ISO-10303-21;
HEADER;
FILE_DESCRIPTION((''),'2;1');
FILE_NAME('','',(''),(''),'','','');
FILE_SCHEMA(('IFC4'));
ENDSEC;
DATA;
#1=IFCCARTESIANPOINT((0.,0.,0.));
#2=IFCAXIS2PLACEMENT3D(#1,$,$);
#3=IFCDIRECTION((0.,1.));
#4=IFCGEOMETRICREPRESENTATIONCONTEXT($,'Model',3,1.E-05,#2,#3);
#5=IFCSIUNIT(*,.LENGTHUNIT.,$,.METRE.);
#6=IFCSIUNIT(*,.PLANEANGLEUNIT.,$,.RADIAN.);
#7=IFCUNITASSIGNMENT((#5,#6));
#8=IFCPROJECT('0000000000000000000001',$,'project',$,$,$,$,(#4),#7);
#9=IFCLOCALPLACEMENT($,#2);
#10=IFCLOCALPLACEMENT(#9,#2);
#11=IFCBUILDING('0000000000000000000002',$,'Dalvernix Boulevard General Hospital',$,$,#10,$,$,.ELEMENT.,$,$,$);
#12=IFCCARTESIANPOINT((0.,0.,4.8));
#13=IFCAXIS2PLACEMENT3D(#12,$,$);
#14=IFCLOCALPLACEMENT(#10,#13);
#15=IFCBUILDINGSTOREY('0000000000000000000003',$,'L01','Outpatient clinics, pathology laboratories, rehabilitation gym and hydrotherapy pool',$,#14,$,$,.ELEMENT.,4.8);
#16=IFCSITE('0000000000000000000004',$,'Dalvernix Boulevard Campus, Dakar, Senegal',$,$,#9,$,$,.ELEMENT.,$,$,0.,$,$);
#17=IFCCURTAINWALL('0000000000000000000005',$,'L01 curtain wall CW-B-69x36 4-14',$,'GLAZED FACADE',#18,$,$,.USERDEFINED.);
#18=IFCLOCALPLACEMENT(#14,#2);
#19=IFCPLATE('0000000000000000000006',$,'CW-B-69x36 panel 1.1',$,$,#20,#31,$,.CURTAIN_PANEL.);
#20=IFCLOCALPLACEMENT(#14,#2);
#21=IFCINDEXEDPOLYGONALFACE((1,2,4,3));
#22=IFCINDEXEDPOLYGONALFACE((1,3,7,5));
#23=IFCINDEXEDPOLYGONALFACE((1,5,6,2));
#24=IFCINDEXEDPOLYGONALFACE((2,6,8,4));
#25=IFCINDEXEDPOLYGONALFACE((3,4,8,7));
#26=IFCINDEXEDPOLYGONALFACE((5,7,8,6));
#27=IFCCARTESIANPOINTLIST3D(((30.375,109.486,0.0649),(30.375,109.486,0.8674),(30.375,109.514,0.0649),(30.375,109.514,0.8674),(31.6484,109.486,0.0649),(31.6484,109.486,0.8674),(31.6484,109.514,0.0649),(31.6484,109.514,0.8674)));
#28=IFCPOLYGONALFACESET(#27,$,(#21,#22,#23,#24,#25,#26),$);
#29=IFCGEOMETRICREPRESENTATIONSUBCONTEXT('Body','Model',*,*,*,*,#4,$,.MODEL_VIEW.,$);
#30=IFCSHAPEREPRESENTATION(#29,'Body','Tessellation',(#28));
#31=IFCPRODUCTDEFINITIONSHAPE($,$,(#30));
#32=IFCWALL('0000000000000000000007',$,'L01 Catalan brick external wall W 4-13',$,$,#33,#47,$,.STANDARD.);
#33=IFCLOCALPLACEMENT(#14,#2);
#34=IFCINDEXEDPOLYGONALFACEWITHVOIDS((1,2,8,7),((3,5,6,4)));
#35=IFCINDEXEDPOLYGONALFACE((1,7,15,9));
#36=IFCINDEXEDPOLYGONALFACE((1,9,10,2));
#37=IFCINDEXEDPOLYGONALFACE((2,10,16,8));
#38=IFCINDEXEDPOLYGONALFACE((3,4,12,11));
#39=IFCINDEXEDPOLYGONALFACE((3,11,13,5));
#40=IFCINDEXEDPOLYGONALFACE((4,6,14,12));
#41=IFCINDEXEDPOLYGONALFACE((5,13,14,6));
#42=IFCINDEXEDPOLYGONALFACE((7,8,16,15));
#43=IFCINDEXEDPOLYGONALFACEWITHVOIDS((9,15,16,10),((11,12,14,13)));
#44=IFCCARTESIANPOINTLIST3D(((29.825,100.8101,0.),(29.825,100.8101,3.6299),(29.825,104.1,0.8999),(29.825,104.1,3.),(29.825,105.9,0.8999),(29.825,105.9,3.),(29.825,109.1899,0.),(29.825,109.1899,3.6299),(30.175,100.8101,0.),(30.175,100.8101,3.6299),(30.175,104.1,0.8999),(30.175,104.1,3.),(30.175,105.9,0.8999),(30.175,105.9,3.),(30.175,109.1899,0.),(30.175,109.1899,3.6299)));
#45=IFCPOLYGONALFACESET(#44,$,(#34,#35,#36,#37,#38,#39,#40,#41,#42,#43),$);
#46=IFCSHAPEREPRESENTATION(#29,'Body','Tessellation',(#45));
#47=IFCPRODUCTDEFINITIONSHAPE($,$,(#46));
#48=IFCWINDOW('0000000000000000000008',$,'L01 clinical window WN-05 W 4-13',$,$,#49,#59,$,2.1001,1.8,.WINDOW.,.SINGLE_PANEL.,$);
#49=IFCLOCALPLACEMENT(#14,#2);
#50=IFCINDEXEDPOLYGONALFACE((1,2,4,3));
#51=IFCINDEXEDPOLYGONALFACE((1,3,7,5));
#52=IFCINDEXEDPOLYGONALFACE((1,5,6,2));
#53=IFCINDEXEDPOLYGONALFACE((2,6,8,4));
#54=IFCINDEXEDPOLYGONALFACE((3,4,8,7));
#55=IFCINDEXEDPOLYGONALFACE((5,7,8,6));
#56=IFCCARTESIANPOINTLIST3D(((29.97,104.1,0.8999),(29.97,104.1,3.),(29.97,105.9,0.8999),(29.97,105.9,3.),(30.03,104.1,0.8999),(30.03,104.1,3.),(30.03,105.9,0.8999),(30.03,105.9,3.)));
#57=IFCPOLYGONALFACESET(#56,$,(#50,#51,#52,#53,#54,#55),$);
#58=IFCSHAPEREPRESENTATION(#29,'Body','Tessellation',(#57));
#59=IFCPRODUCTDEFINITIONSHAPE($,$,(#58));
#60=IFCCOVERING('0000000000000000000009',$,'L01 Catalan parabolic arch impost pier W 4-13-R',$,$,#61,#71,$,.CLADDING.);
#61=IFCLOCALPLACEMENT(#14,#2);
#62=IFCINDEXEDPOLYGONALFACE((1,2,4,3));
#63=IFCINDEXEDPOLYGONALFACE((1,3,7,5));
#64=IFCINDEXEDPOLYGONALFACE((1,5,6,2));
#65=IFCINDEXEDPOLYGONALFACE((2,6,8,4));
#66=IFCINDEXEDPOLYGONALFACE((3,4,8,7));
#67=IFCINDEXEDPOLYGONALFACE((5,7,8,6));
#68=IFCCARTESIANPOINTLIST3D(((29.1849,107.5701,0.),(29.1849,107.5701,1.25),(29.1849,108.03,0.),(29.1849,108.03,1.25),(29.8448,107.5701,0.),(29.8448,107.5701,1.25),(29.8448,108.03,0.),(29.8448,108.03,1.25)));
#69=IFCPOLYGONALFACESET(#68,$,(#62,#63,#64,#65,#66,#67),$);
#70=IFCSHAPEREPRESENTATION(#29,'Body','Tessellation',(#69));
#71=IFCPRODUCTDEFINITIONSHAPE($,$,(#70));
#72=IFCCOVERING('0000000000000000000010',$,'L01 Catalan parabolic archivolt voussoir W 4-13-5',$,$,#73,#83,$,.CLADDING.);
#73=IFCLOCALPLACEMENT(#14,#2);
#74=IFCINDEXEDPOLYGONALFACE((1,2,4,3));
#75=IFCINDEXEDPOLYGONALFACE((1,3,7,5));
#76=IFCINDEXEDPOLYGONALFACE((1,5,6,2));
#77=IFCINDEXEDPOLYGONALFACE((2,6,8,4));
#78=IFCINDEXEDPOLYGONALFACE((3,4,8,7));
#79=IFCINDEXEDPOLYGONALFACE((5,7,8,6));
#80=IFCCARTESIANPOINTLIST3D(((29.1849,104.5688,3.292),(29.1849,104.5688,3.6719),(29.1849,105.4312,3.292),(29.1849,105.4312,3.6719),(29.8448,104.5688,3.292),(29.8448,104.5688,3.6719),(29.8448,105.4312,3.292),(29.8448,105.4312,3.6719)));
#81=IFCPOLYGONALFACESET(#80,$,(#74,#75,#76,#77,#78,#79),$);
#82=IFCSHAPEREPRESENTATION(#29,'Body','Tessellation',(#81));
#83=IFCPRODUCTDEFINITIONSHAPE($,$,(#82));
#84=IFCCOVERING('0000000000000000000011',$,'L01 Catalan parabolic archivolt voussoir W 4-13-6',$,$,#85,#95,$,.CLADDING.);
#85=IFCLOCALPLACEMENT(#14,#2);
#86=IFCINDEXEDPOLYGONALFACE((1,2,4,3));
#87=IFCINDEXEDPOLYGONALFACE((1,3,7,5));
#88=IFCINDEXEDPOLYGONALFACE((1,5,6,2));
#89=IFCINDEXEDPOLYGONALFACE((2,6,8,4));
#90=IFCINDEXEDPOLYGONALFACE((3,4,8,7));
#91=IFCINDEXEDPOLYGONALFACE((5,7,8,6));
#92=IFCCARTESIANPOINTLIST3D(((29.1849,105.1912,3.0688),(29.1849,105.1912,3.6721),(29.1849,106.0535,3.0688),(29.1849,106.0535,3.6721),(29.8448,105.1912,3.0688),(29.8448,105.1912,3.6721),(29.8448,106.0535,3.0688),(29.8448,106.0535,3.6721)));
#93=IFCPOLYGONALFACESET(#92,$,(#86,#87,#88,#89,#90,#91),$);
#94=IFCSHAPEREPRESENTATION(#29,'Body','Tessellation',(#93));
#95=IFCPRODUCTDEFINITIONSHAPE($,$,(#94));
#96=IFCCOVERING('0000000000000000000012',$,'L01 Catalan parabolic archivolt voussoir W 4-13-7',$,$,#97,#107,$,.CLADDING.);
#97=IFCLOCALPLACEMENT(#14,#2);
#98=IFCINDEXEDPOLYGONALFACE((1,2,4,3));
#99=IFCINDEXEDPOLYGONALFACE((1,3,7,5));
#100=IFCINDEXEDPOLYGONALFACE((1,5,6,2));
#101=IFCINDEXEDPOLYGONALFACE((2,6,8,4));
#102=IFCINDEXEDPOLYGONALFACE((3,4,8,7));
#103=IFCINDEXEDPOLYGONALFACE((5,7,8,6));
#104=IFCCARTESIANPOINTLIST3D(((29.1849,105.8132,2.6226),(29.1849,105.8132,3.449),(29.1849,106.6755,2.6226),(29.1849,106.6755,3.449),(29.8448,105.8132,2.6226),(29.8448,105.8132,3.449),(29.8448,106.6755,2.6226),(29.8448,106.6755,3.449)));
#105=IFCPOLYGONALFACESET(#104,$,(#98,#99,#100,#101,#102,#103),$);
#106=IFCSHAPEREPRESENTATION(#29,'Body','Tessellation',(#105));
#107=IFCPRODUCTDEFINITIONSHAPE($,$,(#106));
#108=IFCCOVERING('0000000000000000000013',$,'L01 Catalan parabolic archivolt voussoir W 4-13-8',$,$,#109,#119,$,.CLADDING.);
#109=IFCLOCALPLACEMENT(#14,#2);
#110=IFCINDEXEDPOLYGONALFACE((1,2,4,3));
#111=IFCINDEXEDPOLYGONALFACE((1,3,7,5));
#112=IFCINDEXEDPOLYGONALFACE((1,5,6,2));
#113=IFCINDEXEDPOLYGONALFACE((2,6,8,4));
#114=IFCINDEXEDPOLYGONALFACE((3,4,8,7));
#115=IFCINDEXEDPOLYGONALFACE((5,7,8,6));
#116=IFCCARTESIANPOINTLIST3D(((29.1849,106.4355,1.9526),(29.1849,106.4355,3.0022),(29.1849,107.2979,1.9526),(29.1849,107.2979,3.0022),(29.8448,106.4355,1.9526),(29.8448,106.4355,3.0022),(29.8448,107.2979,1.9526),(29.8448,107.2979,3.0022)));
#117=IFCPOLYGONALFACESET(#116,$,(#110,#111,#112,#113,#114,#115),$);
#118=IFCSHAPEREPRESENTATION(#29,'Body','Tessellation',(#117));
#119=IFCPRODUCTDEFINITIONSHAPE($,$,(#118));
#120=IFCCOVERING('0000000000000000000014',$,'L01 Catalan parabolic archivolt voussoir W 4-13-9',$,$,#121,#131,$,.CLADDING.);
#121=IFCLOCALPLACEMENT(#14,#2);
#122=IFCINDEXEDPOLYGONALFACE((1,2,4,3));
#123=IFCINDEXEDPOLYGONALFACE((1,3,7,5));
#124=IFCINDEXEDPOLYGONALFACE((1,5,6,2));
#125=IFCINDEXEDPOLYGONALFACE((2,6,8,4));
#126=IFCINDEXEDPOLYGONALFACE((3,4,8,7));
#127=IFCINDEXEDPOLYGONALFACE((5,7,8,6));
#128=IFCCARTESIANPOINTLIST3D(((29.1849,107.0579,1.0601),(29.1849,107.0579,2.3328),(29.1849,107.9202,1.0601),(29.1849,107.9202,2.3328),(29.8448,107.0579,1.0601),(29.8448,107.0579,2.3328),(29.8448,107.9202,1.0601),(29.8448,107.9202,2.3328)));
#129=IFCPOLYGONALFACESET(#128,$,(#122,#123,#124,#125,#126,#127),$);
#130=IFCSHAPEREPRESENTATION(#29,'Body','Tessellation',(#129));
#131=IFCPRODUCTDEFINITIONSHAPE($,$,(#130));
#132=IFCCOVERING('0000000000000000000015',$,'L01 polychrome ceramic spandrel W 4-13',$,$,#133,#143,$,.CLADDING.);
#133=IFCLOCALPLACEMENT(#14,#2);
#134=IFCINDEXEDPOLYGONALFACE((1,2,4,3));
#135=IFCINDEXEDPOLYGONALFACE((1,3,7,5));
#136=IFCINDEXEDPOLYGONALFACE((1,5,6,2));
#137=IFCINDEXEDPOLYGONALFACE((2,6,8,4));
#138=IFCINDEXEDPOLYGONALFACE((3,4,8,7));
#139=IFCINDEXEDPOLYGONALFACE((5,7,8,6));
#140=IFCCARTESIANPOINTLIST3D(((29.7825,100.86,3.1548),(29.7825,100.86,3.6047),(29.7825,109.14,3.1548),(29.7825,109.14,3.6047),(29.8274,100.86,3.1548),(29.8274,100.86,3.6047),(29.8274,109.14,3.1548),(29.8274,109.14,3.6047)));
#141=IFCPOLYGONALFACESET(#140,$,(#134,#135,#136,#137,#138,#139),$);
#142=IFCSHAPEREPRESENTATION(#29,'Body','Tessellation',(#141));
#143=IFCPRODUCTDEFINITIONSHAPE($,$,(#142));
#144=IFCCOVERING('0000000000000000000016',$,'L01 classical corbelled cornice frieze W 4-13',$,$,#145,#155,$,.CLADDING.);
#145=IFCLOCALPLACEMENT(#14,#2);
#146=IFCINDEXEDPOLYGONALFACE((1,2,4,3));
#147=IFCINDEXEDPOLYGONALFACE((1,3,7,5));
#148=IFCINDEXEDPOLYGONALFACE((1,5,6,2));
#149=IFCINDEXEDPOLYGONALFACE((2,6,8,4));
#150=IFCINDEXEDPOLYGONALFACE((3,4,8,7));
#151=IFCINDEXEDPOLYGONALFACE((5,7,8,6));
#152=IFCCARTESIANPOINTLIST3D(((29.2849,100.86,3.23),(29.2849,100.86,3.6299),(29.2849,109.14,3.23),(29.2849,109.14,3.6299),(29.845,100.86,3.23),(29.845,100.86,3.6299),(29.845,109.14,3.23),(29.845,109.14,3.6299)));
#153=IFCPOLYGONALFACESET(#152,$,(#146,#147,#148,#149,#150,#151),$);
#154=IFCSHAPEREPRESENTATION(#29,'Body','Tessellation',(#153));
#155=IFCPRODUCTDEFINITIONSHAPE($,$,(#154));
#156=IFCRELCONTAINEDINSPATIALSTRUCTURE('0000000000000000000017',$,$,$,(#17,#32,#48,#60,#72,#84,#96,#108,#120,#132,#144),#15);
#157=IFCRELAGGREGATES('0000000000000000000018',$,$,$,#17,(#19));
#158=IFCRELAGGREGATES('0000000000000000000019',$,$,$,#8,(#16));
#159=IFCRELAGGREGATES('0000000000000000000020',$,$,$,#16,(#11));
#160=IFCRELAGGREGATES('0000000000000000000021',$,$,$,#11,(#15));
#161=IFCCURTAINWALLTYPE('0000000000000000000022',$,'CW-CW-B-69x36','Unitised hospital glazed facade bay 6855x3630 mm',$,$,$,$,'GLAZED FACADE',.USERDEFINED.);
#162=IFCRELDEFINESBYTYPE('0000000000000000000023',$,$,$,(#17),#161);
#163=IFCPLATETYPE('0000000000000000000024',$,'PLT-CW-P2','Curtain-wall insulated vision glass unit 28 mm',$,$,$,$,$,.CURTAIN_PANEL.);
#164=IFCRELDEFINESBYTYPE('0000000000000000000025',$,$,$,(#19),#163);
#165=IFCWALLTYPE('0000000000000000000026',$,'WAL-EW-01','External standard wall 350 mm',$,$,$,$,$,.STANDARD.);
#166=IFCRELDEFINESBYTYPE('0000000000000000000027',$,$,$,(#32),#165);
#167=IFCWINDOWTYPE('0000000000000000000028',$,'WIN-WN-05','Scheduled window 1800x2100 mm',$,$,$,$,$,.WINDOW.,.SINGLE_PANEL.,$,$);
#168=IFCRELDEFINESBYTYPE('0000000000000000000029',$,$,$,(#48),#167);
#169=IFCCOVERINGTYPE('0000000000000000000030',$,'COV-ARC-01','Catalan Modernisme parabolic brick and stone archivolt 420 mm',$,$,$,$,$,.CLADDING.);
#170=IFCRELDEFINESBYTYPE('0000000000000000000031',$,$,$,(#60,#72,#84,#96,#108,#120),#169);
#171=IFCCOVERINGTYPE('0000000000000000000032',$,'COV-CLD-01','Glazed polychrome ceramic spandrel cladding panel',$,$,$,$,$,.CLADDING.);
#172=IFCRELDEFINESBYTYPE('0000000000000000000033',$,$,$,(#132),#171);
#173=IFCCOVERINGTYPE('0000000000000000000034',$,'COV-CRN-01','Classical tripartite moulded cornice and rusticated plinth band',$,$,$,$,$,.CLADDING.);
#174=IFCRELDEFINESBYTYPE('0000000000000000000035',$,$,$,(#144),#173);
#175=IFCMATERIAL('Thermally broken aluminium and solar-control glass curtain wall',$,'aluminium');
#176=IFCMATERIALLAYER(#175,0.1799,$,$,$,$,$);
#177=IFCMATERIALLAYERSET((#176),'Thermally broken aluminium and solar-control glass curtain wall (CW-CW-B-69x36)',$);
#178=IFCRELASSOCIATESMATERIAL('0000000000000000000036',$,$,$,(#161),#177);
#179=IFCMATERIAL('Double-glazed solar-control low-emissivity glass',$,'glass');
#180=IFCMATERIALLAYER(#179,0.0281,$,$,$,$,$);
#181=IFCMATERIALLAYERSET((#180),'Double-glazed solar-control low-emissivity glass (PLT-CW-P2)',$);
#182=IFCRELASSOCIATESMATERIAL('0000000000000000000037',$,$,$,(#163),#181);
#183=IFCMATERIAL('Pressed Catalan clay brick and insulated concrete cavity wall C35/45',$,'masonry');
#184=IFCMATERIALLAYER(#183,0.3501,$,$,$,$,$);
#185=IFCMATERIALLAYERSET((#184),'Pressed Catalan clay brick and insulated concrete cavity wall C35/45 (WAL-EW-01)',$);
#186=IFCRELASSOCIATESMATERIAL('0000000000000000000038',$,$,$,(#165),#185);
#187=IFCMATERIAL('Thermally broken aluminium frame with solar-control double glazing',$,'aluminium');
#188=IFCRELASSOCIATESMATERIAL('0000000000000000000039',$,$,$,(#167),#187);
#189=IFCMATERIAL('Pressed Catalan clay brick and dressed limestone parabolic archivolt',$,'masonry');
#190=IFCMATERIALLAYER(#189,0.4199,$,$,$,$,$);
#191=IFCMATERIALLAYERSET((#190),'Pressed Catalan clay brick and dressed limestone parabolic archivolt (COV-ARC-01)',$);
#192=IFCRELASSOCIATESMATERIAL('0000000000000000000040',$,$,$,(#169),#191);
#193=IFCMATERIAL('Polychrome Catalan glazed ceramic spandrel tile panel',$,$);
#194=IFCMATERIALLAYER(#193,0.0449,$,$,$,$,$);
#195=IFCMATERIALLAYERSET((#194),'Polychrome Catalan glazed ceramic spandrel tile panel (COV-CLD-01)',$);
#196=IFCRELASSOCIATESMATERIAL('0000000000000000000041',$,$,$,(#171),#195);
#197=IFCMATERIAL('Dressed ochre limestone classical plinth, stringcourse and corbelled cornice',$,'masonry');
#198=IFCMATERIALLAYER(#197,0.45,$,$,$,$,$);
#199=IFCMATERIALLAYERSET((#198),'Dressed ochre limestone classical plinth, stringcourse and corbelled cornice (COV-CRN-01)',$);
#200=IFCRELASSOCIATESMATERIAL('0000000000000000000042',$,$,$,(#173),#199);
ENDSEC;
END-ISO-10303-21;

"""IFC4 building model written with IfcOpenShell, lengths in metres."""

from ifc_helpers import new_model, si_unit, direction, frame, frame_2d, origin, origin_2d, place, context, subcontext, project, spatial, rectangle, extrude, material, layer, layer_set, type_object, element, fill, aggregate, save


model = new_model("IFC4")

# Units and contexts
model_context = context("Model", 3, precision=1e-05, world=origin(), true_north=direction((0.0, 1.0)))
body_context = subcontext(model_context, "Body", "Model", "MODEL_VIEW")
ifc_project = project(units=[si_unit("LENGTHUNIT", "METRE"), si_unit("PLANEANGLEUNIT", "RADIAN")], contexts=[model_context])

# Site, building, storey
site_placement = place(None, origin())
site = spatial("IfcSite", under=ifc_project, at=site_placement, Name="Dalvernix Boulevard Campus, Dakar, Senegal", CompositionType="ELEMENT", RefElevation=0.0)
building_placement = place(site_placement, origin())
building = spatial("IfcBuilding", under=site, at=building_placement, Name="Dalvernix Boulevard General Hospital", CompositionType="ELEMENT")
storey_placement = place(building_placement, frame((0.0, 0.0, 4.8)))
storey = spatial("IfcBuildingStorey", under=building, at=storey_placement, Name="L01", Description="Outpatient clinics, pathology laboratories, rehabilitation gym and hydrotherapy pool", CompositionType="ELEMENT", Elevation=4.8)

# Curtain wall, plate
ifc_material_1 = material(Name="Thermally broken aluminium and solar-control glass curtain wall", Category="aluminium")
ifc_layer_1 = layer(ifc_material_1, 0.1799)
ifc_layer_set_1 = layer_set([ifc_layer_1], Name="Thermally broken aluminium and solar-control glass curtain wall (CW-CW-B-69x36)")
curtain_wall_type = type_object("IfcCurtainWallType", Name="CW-CW-B-69x36", Description="Unitised hospital glazed facade bay 6855x3630 mm", ElementType="GLAZED FACADE", PredefinedType="USERDEFINED", material=ifc_layer_set_1)
curtain_wall_placement = place(storey_placement, origin())
curtain_wall = element("IfcCurtainWall", 1, at=curtain_wall_placement, inside=storey, type_object=curtain_wall_type, Name="L01 curtain wall CW-B-69x36 4-14", ObjectType="GLAZED FACADE", PredefinedType="USERDEFINED")
ifc_material_2 = material(Name="Double-glazed solar-control low-emissivity glass", Category="glass")
ifc_layer_2 = layer(ifc_material_2, 0.0281)
ifc_layer_set_2 = layer_set([ifc_layer_2], Name="Double-glazed solar-control low-emissivity glass (PLT-CW-P2)")
plate_type = type_object("IfcPlateType", Name="PLT-CW-P2", Description="Curtain-wall insulated vision glass unit 28 mm", PredefinedType="CURTAIN_PANEL", material=ifc_layer_set_2)
plate_placement = place(storey_placement, frame((31.0117, 109.5, 0.0649), z_axis=(0.0, 0.0, 1.0), x_axis=(1.0, 0.0, 0.0)))
plate = element("IfcPlate", 2, at=plate_placement, type_object=plate_type, Name="CW-B-69x36 panel 1.1", PredefinedType="CURTAIN_PANEL", context=body_context, shape_type="SweptSolid", body=[
    extrude(rectangle(XDim=1.2734, YDim=0.0281, at=origin_2d()), origin(), (0.0, 0.0, 1.0), 0.8025),
])
aggregate(curtain_wall, [plate])

# Wall, opening, window
ifc_material_3 = material(Name="Pressed Catalan clay brick and insulated concrete cavity wall C35/45", Category="masonry")
ifc_layer_3 = layer(ifc_material_3, 0.3501)
ifc_layer_set_3 = layer_set([ifc_layer_3], Name="Pressed Catalan clay brick and insulated concrete cavity wall C35/45 (WAL-EW-01)")
wall_type = type_object("IfcWallType", Name="WAL-EW-01", Description="External standard wall 350 mm", PredefinedType="STANDARD", material=ifc_layer_set_3)
wall_placement = place(storey_placement, frame((30.0, 100.8101, 0.0), z_axis=(0.0, 0.0, 1.0), x_axis=(0.0, 1.0, 0.0)))
wall = element("IfcWall", 3, at=wall_placement, inside=storey, type_object=wall_type, Name="L01 Catalan brick external wall W 4-13", PredefinedType="STANDARD", context=body_context, shape_type="SweptSolid", body=[
    extrude(rectangle(XDim=8.3799, YDim=0.3501, at=frame_2d((4.1899, 0.0))), origin(), (0.0, 0.0, 1.0), 3.6299),
])
opening_placement = place(wall_placement, frame((3.29, 0.0, 0.8999)))
opening = element("IfcOpeningElement", 4, at=opening_placement, cuts=wall, PredefinedType="OPENING", context=body_context, shape_type="SweptSolid", body=[
    extrude(rectangle(XDim=1.8, YDim=2.1001, at=frame_2d((0.8999, 1.05))), frame((0.0, 0.1851, 0.0), z_axis=(0.0, -1.0, 0.0), x_axis=(1.0, 0.0, 0.0)), (0.0, 0.0, 1.0), 0.3701),
])
ifc_material_4 = material(Name="Thermally broken aluminium frame with solar-control double glazing", Category="aluminium")
window_type = type_object("IfcWindowType", Name="WIN-WN-05", Description="Scheduled window 1800x2100 mm", PartitioningType="SINGLE_PANEL", PredefinedType="WINDOW", material=ifc_material_4)
window_placement = place(opening_placement, origin())
window = element("IfcWindow", 5, at=window_placement, inside=storey, type_object=window_type, Name="L01 clinical window WN-05 W 4-13", OverallHeight=2.1001, OverallWidth=1.8, PartitioningType="SINGLE_PANEL", PredefinedType="WINDOW", context=body_context, shape_type="SweptSolid", body=[
    extrude(rectangle(XDim=1.8, YDim=2.1001, at=frame_2d((0.8999, 1.05))), frame((0.0, 0.03, 0.0), z_axis=(0.0, -1.0, 0.0), x_axis=(1.0, 0.0, 0.0)), (0.0, 0.0, 1.0), 0.0601),
])
fill(opening, window)

# Coverings
ifc_material_5 = material(Name="Pressed Catalan clay brick and dressed limestone parabolic archivolt", Category="masonry")
ifc_layer_4 = layer(ifc_material_5, 0.4199)
ifc_layer_set_4 = layer_set([ifc_layer_4], Name="Pressed Catalan clay brick and dressed limestone parabolic archivolt (COV-ARC-01)")
covering_type_1 = type_object("IfcCoveringType", Name="COV-ARC-01", Description="Catalan Modernisme parabolic brick and stone archivolt 420 mm", PredefinedType="CLADDING", material=ifc_layer_set_4)
covering_1_placement = place(storey_placement, frame((29.5149, 107.8, 0.0), z_axis=(0.0, 0.0, 1.0), x_axis=(0.0, 1.0, 0.0)))
element("IfcCovering", 6, at=covering_1_placement, inside=storey, type_object=covering_type_1, Name="L01 Catalan parabolic arch impost pier W 4-13-R", PredefinedType="CLADDING", context=body_context, shape_type="SweptSolid", body=[
    extrude(rectangle(XDim=0.46, YDim=0.6599, at=origin_2d()), origin(), (0.0, 0.0, 1.0), 1.25),
])
covering_2_placement = place(storey_placement, frame((29.5149, 105.0, 3.292), z_axis=(0.0, 0.0, 1.0), x_axis=(0.0, 1.0, 0.0)))
element("IfcCovering", 7, at=covering_2_placement, inside=storey, type_object=covering_type_1, Name="L01 Catalan parabolic archivolt voussoir W 4-13-5", PredefinedType="CLADDING", context=body_context, shape_type="SweptSolid", body=[
    extrude(rectangle(XDim=0.8623, YDim=0.6599, at=origin_2d()), origin(), (0.0, 0.0, 1.0), 0.3799),
])
covering_3_placement = place(storey_placement, frame((29.5149, 105.6223, 3.0688), z_axis=(0.0, 0.0, 1.0), x_axis=(0.0, 1.0, 0.0)))
element("IfcCovering", 8, at=covering_3_placement, inside=storey, type_object=covering_type_1, Name="L01 Catalan parabolic archivolt voussoir W 4-13-6", PredefinedType="CLADDING", context=body_context, shape_type="SweptSolid", body=[
    extrude(rectangle(XDim=0.8623, YDim=0.6599, at=origin_2d()), origin(), (0.0, 0.0, 1.0), 0.6033),
])
covering_4_placement = place(storey_placement, frame((29.5149, 106.2444, 2.6226), z_axis=(0.0, 0.0, 1.0), x_axis=(0.0, 1.0, 0.0)))
element("IfcCovering", 9, at=covering_4_placement, inside=storey, type_object=covering_type_1, Name="L01 Catalan parabolic archivolt voussoir W 4-13-7", PredefinedType="CLADDING", context=body_context, shape_type="SweptSolid", body=[
    extrude(rectangle(XDim=0.8623, YDim=0.6599, at=origin_2d()), origin(), (0.0, 0.0, 1.0), 0.8264),
])
covering_5_placement = place(storey_placement, frame((29.5149, 106.8667, 1.9526), z_axis=(0.0, 0.0, 1.0), x_axis=(0.0, 1.0, 0.0)))
element("IfcCovering", 10, at=covering_5_placement, inside=storey, type_object=covering_type_1, Name="L01 Catalan parabolic archivolt voussoir W 4-13-8", PredefinedType="CLADDING", context=body_context, shape_type="SweptSolid", body=[
    extrude(rectangle(XDim=0.8623, YDim=0.6599, at=origin_2d()), origin(), (0.0, 0.0, 1.0), 1.0496),
])
covering_6_placement = place(storey_placement, frame((29.5149, 107.489, 1.0601), z_axis=(0.0, 0.0, 1.0), x_axis=(0.0, 1.0, 0.0)))
element("IfcCovering", 11, at=covering_6_placement, inside=storey, type_object=covering_type_1, Name="L01 Catalan parabolic archivolt voussoir W 4-13-9", PredefinedType="CLADDING", context=body_context, shape_type="SweptSolid", body=[
    extrude(rectangle(XDim=0.8623, YDim=0.6599, at=origin_2d()), origin(), (0.0, 0.0, 1.0), 1.2727),
])
ifc_material_6 = material(Name="Polychrome Catalan glazed ceramic spandrel tile panel")
ifc_layer_5 = layer(ifc_material_6, 0.0449)
ifc_layer_set_5 = layer_set([ifc_layer_5], Name="Polychrome Catalan glazed ceramic spandrel tile panel (COV-CLD-01)")
covering_type_2 = type_object("IfcCoveringType", Name="COV-CLD-01", Description="Glazed polychrome ceramic spandrel cladding panel", PredefinedType="CLADDING", material=ifc_layer_set_5)
covering_7_placement = place(storey_placement, frame((29.8049, 105.0, 3.1548), z_axis=(0.0, 0.0, 1.0), x_axis=(0.0, 1.0, 0.0)))
element("IfcCovering", 12, at=covering_7_placement, inside=storey, type_object=covering_type_2, Name="L01 polychrome ceramic spandrel W 4-13", PredefinedType="CLADDING", context=body_context, shape_type="SweptSolid", body=[
    extrude(rectangle(XDim=8.28, YDim=0.0449, at=origin_2d()), origin(), (0.0, 0.0, 1.0), 0.45),
])
ifc_material_7 = material(Name="Dressed ochre limestone classical plinth, stringcourse and corbelled cornice", Category="masonry")
ifc_layer_6 = layer(ifc_material_7, 0.45)
ifc_layer_set_6 = layer_set([ifc_layer_6], Name="Dressed ochre limestone classical plinth, stringcourse and corbelled cornice (COV-CRN-01)")
covering_type_3 = type_object("IfcCoveringType", Name="COV-CRN-01", Description="Classical tripartite moulded cornice and rusticated plinth band", PredefinedType="CLADDING", material=ifc_layer_set_6)
covering_8_placement = place(storey_placement, frame((29.5649, 105.0, 3.23), z_axis=(0.0, 0.0, 1.0), x_axis=(0.0, 1.0, 0.0)))
element("IfcCovering", 13, at=covering_8_placement, inside=storey, type_object=covering_type_3, Name="L01 classical corbelled cornice frieze W 4-13", PredefinedType="CLADDING", context=body_context, shape_type="SweptSolid", body=[
    extrude(rectangle(XDim=8.28, YDim=0.5601, at=origin_2d()), origin(), (0.0, 0.0, 1.0), 0.3999),
])

save(model, "model.ifc")
